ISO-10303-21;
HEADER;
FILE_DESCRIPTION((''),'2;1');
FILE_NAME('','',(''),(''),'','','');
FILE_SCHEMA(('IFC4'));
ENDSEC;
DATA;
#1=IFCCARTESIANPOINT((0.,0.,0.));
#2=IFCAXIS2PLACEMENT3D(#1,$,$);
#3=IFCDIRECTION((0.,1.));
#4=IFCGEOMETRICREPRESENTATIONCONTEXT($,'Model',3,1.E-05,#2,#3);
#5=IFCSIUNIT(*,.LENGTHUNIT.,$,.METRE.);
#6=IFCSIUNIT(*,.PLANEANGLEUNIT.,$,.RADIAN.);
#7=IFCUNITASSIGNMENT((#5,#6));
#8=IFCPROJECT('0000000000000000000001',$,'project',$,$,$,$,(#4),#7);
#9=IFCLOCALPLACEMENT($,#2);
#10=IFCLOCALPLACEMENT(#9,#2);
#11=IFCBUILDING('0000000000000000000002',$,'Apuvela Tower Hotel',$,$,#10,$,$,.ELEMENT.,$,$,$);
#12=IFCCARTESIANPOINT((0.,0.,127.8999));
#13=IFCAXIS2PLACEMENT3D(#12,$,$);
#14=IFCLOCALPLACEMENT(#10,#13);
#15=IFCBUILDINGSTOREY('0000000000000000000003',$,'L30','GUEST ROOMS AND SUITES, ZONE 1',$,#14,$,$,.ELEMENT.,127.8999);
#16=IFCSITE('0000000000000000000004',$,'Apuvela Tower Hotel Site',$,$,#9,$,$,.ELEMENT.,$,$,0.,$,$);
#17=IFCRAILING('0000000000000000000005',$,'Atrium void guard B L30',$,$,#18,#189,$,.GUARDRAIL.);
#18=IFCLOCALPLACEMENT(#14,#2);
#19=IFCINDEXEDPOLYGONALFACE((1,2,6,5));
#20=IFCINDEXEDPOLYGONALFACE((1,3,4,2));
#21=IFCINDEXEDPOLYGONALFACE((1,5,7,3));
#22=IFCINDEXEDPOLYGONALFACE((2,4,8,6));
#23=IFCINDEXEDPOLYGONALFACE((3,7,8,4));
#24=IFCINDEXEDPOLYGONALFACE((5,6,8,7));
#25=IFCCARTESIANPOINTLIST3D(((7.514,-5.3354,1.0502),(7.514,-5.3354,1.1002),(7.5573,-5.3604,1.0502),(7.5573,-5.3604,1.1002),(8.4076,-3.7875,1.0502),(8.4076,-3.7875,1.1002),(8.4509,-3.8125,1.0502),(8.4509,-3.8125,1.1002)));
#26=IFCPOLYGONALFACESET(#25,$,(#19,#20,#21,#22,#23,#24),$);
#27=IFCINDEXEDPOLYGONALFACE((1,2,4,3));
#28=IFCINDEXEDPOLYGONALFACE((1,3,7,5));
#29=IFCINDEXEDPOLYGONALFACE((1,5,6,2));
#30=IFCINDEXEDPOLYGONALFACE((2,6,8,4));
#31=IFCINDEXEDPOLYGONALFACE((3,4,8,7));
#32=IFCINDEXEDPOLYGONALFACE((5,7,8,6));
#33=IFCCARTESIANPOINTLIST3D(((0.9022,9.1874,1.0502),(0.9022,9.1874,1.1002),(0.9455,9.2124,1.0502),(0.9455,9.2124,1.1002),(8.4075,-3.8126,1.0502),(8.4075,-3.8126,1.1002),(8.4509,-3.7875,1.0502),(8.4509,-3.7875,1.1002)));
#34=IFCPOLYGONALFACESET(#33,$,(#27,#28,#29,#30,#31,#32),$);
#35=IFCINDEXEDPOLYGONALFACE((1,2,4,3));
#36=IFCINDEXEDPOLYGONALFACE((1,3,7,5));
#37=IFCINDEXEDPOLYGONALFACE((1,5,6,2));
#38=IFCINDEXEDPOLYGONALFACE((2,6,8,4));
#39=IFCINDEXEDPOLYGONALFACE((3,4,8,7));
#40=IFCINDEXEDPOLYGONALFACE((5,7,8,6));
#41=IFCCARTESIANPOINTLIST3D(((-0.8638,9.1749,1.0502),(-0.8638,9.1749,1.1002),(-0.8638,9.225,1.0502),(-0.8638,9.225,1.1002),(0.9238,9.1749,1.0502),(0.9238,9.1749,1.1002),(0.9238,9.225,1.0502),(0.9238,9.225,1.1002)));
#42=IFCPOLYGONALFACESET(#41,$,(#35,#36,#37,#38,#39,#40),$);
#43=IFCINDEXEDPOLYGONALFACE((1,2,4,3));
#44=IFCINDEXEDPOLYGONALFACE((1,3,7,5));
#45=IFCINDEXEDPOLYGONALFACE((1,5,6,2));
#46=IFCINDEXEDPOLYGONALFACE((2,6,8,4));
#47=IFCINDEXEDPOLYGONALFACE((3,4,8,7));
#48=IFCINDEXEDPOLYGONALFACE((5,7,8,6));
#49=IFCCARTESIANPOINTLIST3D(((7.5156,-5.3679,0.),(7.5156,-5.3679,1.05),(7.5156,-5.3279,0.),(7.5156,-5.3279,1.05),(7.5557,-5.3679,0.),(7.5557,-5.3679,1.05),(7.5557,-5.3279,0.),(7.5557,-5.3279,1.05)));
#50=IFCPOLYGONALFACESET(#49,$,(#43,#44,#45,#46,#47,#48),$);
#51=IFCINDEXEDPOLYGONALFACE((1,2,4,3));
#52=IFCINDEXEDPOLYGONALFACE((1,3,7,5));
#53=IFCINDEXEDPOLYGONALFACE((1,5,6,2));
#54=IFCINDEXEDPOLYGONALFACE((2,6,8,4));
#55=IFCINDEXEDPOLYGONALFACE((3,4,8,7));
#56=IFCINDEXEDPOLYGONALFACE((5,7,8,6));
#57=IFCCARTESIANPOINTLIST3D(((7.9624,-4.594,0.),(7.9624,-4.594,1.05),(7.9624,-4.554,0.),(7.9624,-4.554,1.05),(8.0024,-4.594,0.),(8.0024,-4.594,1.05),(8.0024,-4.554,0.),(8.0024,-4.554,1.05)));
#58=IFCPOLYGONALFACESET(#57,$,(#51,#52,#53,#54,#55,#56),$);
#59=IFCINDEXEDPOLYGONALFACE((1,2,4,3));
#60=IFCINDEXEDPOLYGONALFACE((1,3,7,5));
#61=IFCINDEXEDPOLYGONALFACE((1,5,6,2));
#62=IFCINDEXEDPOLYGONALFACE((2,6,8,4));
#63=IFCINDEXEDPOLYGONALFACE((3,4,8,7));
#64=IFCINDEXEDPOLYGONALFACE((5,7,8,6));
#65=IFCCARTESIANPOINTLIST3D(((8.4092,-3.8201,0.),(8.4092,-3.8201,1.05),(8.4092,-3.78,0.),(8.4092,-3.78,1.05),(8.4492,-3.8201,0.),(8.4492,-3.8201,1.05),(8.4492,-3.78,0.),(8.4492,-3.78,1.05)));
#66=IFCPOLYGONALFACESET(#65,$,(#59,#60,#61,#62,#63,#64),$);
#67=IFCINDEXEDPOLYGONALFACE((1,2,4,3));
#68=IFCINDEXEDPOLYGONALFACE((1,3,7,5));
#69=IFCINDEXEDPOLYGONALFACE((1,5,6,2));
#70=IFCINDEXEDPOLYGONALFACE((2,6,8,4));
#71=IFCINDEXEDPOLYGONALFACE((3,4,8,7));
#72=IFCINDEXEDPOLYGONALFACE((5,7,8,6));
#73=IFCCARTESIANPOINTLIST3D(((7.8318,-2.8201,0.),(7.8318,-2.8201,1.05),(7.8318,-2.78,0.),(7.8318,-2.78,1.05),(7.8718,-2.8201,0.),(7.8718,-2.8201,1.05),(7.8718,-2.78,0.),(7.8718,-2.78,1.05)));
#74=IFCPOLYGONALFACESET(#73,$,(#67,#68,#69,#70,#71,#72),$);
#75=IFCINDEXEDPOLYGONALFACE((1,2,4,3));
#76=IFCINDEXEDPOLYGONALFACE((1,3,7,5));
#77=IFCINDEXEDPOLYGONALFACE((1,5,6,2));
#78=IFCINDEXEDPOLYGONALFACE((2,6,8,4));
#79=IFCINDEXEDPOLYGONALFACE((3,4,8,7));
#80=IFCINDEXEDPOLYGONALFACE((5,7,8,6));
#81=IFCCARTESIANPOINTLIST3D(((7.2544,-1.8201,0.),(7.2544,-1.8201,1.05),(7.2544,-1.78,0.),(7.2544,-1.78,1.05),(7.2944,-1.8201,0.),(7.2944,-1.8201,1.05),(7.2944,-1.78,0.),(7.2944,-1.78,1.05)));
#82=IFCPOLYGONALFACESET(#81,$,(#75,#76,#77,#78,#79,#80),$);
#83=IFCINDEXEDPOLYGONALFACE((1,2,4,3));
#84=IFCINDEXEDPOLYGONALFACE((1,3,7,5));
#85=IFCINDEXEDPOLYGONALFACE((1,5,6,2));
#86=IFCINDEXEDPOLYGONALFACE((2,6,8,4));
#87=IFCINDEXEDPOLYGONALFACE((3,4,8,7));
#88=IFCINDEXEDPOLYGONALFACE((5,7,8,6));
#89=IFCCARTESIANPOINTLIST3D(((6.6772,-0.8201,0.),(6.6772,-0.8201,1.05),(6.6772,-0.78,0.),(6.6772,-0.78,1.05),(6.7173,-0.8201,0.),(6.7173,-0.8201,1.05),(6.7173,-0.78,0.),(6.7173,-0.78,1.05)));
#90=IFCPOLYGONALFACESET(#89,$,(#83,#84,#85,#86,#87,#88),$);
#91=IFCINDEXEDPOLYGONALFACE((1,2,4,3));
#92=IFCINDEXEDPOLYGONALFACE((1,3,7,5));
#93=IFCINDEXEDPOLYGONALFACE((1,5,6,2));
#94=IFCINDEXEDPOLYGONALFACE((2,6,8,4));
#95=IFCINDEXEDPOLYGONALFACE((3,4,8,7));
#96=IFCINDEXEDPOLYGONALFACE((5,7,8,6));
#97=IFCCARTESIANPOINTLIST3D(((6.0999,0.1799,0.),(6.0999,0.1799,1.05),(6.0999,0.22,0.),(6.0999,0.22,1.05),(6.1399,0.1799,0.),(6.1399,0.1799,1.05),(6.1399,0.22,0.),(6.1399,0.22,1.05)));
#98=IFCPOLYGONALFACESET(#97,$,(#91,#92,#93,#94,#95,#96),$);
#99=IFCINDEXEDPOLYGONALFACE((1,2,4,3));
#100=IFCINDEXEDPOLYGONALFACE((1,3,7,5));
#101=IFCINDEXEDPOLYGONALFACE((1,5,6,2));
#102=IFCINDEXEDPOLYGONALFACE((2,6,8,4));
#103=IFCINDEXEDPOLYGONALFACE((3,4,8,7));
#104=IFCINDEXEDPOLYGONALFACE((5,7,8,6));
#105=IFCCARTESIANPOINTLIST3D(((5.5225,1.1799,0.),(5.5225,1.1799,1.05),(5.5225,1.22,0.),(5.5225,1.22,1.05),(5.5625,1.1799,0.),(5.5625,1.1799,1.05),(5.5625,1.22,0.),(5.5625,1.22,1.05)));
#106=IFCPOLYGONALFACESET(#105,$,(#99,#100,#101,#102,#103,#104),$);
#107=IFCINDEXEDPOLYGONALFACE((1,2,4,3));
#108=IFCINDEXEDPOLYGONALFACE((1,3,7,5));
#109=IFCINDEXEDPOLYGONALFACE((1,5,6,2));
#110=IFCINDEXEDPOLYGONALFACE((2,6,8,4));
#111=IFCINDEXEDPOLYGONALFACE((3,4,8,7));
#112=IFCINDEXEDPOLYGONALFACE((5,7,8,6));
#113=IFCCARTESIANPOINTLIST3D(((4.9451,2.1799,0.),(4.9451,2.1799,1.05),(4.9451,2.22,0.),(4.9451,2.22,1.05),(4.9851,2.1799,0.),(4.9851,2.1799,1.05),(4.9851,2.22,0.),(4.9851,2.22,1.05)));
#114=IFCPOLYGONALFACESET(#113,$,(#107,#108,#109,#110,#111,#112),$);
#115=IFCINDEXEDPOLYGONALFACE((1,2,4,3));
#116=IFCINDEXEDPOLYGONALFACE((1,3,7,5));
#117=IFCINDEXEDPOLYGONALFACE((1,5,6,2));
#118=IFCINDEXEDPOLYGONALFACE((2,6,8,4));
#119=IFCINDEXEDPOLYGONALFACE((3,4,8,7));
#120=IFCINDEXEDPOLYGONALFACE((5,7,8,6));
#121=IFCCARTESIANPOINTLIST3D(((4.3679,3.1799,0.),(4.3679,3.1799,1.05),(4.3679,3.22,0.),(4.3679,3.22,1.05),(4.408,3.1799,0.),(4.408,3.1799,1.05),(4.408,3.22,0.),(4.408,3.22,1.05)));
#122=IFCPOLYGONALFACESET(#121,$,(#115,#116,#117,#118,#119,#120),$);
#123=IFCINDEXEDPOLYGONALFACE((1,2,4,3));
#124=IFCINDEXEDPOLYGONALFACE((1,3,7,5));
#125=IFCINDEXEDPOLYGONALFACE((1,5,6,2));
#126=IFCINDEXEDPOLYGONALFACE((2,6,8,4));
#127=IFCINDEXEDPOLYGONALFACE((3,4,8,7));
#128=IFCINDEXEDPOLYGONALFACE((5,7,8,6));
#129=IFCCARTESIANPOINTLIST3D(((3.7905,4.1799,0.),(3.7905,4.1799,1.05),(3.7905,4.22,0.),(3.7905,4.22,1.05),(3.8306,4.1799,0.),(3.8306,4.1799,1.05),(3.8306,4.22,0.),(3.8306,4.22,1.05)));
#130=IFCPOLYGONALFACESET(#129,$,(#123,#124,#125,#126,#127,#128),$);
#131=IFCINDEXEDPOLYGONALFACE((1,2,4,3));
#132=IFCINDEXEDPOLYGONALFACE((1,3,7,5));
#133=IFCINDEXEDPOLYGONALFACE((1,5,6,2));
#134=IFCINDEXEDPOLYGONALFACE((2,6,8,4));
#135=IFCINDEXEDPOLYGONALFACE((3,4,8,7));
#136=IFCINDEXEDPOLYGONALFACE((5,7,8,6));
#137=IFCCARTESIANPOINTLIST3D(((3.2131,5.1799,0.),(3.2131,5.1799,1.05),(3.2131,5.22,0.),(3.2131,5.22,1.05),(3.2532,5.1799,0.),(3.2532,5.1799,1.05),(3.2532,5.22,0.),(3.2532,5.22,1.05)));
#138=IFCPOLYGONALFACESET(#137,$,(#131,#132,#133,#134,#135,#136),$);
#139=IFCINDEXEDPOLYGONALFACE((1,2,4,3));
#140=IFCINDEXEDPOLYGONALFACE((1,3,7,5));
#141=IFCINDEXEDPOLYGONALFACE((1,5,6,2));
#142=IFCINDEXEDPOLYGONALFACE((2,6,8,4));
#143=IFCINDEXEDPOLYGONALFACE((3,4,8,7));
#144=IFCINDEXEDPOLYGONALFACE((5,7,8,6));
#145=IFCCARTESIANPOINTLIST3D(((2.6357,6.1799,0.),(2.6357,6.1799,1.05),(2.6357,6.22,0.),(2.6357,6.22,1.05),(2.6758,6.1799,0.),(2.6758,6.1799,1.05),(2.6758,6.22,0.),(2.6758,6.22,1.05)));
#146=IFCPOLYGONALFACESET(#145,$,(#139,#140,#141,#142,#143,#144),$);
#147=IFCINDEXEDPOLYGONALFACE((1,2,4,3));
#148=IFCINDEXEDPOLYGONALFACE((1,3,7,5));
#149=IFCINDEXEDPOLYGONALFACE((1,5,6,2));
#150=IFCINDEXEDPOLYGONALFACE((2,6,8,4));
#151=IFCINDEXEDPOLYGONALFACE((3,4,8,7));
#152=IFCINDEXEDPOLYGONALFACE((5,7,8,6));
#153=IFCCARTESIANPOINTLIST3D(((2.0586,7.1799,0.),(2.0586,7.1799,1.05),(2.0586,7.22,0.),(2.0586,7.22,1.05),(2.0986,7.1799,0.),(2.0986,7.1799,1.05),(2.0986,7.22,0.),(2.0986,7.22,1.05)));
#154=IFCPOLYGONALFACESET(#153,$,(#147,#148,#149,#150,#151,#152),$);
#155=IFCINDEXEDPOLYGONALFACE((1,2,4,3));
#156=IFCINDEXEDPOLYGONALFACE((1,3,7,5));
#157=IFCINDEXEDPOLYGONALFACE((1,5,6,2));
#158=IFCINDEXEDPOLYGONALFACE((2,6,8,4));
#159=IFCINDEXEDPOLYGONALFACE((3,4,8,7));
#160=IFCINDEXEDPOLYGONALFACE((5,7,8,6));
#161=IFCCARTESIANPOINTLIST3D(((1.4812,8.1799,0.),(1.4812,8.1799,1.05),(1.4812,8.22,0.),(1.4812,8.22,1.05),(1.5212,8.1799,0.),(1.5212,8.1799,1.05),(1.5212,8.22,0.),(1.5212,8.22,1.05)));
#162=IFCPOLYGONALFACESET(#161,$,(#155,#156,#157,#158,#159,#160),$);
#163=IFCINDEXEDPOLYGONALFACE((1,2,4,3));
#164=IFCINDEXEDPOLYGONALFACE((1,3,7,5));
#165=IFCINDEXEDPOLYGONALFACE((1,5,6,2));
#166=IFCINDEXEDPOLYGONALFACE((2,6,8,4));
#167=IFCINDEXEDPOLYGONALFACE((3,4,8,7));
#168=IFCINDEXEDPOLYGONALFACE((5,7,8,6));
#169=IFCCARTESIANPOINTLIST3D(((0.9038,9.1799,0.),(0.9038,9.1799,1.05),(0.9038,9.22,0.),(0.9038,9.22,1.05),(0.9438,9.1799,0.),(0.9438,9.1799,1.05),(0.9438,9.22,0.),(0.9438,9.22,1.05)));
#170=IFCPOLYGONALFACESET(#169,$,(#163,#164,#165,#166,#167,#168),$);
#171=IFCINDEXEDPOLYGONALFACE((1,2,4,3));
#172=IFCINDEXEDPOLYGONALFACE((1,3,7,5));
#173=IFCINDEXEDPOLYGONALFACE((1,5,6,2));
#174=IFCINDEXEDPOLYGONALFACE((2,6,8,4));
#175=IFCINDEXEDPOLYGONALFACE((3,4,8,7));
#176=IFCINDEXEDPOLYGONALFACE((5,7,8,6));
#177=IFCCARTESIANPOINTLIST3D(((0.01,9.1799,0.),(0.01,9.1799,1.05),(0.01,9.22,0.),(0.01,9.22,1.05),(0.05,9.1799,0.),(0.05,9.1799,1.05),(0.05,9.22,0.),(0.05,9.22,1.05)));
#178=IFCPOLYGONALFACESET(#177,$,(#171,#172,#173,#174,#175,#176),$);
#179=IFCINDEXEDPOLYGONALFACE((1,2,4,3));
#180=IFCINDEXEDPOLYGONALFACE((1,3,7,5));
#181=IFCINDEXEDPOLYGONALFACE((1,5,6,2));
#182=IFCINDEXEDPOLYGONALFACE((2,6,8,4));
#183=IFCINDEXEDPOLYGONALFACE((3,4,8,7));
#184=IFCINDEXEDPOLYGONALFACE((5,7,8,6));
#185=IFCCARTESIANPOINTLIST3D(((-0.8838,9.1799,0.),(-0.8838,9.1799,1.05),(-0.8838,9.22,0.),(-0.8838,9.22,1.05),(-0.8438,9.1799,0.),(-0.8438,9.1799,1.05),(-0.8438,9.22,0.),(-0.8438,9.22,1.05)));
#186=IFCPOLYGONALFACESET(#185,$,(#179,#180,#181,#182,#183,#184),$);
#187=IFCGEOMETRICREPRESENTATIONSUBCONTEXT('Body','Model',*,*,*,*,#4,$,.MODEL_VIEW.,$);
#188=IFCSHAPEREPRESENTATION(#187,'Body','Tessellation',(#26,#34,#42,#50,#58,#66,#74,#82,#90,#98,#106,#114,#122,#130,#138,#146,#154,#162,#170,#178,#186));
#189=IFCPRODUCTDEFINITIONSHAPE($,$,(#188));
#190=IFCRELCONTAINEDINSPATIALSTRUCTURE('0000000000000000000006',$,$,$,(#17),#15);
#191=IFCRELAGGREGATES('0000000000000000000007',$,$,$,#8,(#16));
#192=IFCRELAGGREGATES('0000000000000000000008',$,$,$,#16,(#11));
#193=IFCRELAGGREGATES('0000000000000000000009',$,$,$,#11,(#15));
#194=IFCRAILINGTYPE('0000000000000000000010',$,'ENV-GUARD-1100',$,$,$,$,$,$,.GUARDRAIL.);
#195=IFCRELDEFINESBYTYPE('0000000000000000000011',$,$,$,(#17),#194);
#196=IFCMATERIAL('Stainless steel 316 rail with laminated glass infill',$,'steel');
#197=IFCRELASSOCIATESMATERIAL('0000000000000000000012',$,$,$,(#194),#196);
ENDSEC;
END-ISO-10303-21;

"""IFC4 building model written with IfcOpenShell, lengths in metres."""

from ifc_helpers import new_model, si_unit, direction, frame, origin, origin_2d, place, context, subcontext, project, spatial, rectangle, extrude, material, type_object, element, save


model = new_model("IFC4")

# Units and contexts
model_context = context("Model", 3, precision=1e-05, world=origin(), true_north=direction((0.0, 1.0)))
body_context = subcontext(model_context, "Body", "Model", "MODEL_VIEW")
ifc_project = project(units=[si_unit("LENGTHUNIT", "METRE"), si_unit("PLANEANGLEUNIT", "RADIAN")], contexts=[model_context])

# Site, building, storey
site_placement = place(None, origin())
site = spatial("IfcSite", under=ifc_project, at=site_placement, Name="Apuvela Tower Hotel Site", CompositionType="ELEMENT", RefElevation=0.0)
building_placement = place(site_placement, origin())
building = spatial("IfcBuilding", under=site, at=building_placement, Name="Apuvela Tower Hotel", CompositionType="ELEMENT")
storey_placement = place(building_placement, frame((0.0, 0.0, 127.8999)))
storey = spatial("IfcBuildingStorey", under=building, at=storey_placement, Name="L30", Description="GUEST ROOMS AND SUITES, ZONE 1", CompositionType="ELEMENT", Elevation=127.8999)

# Railing
ifc_material_1 = material(Name="Stainless steel 316 rail with laminated glass infill", Category="steel")
railing_type = type_object("IfcRailingType", Name="ENV-GUARD-1100", PredefinedType="GUARDRAIL", material=ifc_material_1)
railing_placement = place(storey_placement, frame((7.5356, -5.3479, 0.0)))
element("IfcRailing", 1, at=railing_placement, inside=storey, type_object=railing_type, Name="Atrium void guard B L30", PredefinedType="GUARDRAIL", context=body_context, shape_type="SweptSolid", body=[
    extrude(rectangle(XDim=0.05, YDim=0.05, at=origin_2d()), frame((0.0, 0.0, 1.0752), z_axis=(0.499959, 0.866049, 0.0), x_axis=(-0.866049, 0.499959, 0.0)), (0.0, 0.0, 1.0), 1.7874),
    extrude(rectangle(XDim=0.05, YDim=0.05, at=origin_2d()), frame((0.8936, 1.5479, 1.0752), z_axis=(-0.499991, 0.866031, 0.0), x_axis=(-0.866031, -0.499991, 0.0)), (0.0, 0.0, 1.0), 15.011),
    extrude(rectangle(XDim=0.05, YDim=0.05, at=origin_2d()), frame((-6.6118, 14.5479, 1.0752), z_axis=(-1.0, 0.0, 0.0), x_axis=(0.0, -1.0, 0.0)), (0.0, 0.0, 1.0), 1.7876),
    extrude(rectangle(XDim=0.04, YDim=0.04, at=origin_2d()), origin(), (0.0, 0.0, 1.0), 1.05),
    extrude(rectangle(XDim=0.04, YDim=0.04, at=origin_2d()), frame((0.4468, 0.7739, 0.0)), (0.0, 0.0, 1.0), 1.05),
    extrude(rectangle(XDim=0.04, YDim=0.04, at=origin_2d()), frame((0.8936, 1.5479, 0.0)), (0.0, 0.0, 1.0), 1.05),
    extrude(rectangle(XDim=0.04, YDim=0.04, at=origin_2d()), frame((0.3162, 2.5479, 0.0)), (0.0, 0.0, 1.0), 1.05),
    extrude(rectangle(XDim=0.04, YDim=0.04, at=origin_2d()), frame((-0.2612, 3.5479, 0.0)), (0.0, 0.0, 1.0), 1.05),
    extrude(rectangle(XDim=0.04, YDim=0.04, at=origin_2d()), frame((-0.8384, 4.5479, 0.0)), (0.0, 0.0, 1.0), 1.05),
    extrude(rectangle(XDim=0.04, YDim=0.04, at=origin_2d()), frame((-1.4158, 5.5479, 0.0)), (0.0, 0.0, 1.0), 1.05),
    extrude(rectangle(XDim=0.04, YDim=0.04, at=origin_2d()), frame((-1.9932, 6.5479, 0.0)), (0.0, 0.0, 1.0), 1.05),
    extrude(rectangle(XDim=0.04, YDim=0.04, at=origin_2d()), frame((-2.5706, 7.5479, 0.0)), (0.0, 0.0, 1.0), 1.05),
    extrude(rectangle(XDim=0.04, YDim=0.04, at=origin_2d()), frame((-3.1477, 8.5479, 0.0)), (0.0, 0.0, 1.0), 1.05),
    extrude(rectangle(XDim=0.04, YDim=0.04, at=origin_2d()), frame((-3.7251, 9.5479, 0.0)), (0.0, 0.0, 1.0), 1.05),
    extrude(rectangle(XDim=0.04, YDim=0.04, at=origin_2d()), frame((-4.3025, 10.5479, 0.0)), (0.0, 0.0, 1.0), 1.05),
    extrude(rectangle(XDim=0.04, YDim=0.04, at=origin_2d()), frame((-4.8799, 11.5479, 0.0)), (0.0, 0.0, 1.0), 1.05),
    extrude(rectangle(XDim=0.04, YDim=0.04, at=origin_2d()), frame((-5.457, 12.5479, 0.0)), (0.0, 0.0, 1.0), 1.05),
    extrude(rectangle(XDim=0.04, YDim=0.04, at=origin_2d()), frame((-6.0344, 13.5479, 0.0)), (0.0, 0.0, 1.0), 1.05),
    extrude(rectangle(XDim=0.04, YDim=0.04, at=origin_2d()), frame((-6.6118, 14.5479, 0.0)), (0.0, 0.0, 1.0), 1.05),
    extrude(rectangle(XDim=0.04, YDim=0.04, at=origin_2d()), frame((-7.5056, 14.5479, 0.0)), (0.0, 0.0, 1.0), 1.05),
    extrude(rectangle(XDim=0.04, YDim=0.04, at=origin_2d()), frame((-8.3994, 14.5479, 0.0)), (0.0, 0.0, 1.0), 1.05),
])

save(model, "model.ifc")
